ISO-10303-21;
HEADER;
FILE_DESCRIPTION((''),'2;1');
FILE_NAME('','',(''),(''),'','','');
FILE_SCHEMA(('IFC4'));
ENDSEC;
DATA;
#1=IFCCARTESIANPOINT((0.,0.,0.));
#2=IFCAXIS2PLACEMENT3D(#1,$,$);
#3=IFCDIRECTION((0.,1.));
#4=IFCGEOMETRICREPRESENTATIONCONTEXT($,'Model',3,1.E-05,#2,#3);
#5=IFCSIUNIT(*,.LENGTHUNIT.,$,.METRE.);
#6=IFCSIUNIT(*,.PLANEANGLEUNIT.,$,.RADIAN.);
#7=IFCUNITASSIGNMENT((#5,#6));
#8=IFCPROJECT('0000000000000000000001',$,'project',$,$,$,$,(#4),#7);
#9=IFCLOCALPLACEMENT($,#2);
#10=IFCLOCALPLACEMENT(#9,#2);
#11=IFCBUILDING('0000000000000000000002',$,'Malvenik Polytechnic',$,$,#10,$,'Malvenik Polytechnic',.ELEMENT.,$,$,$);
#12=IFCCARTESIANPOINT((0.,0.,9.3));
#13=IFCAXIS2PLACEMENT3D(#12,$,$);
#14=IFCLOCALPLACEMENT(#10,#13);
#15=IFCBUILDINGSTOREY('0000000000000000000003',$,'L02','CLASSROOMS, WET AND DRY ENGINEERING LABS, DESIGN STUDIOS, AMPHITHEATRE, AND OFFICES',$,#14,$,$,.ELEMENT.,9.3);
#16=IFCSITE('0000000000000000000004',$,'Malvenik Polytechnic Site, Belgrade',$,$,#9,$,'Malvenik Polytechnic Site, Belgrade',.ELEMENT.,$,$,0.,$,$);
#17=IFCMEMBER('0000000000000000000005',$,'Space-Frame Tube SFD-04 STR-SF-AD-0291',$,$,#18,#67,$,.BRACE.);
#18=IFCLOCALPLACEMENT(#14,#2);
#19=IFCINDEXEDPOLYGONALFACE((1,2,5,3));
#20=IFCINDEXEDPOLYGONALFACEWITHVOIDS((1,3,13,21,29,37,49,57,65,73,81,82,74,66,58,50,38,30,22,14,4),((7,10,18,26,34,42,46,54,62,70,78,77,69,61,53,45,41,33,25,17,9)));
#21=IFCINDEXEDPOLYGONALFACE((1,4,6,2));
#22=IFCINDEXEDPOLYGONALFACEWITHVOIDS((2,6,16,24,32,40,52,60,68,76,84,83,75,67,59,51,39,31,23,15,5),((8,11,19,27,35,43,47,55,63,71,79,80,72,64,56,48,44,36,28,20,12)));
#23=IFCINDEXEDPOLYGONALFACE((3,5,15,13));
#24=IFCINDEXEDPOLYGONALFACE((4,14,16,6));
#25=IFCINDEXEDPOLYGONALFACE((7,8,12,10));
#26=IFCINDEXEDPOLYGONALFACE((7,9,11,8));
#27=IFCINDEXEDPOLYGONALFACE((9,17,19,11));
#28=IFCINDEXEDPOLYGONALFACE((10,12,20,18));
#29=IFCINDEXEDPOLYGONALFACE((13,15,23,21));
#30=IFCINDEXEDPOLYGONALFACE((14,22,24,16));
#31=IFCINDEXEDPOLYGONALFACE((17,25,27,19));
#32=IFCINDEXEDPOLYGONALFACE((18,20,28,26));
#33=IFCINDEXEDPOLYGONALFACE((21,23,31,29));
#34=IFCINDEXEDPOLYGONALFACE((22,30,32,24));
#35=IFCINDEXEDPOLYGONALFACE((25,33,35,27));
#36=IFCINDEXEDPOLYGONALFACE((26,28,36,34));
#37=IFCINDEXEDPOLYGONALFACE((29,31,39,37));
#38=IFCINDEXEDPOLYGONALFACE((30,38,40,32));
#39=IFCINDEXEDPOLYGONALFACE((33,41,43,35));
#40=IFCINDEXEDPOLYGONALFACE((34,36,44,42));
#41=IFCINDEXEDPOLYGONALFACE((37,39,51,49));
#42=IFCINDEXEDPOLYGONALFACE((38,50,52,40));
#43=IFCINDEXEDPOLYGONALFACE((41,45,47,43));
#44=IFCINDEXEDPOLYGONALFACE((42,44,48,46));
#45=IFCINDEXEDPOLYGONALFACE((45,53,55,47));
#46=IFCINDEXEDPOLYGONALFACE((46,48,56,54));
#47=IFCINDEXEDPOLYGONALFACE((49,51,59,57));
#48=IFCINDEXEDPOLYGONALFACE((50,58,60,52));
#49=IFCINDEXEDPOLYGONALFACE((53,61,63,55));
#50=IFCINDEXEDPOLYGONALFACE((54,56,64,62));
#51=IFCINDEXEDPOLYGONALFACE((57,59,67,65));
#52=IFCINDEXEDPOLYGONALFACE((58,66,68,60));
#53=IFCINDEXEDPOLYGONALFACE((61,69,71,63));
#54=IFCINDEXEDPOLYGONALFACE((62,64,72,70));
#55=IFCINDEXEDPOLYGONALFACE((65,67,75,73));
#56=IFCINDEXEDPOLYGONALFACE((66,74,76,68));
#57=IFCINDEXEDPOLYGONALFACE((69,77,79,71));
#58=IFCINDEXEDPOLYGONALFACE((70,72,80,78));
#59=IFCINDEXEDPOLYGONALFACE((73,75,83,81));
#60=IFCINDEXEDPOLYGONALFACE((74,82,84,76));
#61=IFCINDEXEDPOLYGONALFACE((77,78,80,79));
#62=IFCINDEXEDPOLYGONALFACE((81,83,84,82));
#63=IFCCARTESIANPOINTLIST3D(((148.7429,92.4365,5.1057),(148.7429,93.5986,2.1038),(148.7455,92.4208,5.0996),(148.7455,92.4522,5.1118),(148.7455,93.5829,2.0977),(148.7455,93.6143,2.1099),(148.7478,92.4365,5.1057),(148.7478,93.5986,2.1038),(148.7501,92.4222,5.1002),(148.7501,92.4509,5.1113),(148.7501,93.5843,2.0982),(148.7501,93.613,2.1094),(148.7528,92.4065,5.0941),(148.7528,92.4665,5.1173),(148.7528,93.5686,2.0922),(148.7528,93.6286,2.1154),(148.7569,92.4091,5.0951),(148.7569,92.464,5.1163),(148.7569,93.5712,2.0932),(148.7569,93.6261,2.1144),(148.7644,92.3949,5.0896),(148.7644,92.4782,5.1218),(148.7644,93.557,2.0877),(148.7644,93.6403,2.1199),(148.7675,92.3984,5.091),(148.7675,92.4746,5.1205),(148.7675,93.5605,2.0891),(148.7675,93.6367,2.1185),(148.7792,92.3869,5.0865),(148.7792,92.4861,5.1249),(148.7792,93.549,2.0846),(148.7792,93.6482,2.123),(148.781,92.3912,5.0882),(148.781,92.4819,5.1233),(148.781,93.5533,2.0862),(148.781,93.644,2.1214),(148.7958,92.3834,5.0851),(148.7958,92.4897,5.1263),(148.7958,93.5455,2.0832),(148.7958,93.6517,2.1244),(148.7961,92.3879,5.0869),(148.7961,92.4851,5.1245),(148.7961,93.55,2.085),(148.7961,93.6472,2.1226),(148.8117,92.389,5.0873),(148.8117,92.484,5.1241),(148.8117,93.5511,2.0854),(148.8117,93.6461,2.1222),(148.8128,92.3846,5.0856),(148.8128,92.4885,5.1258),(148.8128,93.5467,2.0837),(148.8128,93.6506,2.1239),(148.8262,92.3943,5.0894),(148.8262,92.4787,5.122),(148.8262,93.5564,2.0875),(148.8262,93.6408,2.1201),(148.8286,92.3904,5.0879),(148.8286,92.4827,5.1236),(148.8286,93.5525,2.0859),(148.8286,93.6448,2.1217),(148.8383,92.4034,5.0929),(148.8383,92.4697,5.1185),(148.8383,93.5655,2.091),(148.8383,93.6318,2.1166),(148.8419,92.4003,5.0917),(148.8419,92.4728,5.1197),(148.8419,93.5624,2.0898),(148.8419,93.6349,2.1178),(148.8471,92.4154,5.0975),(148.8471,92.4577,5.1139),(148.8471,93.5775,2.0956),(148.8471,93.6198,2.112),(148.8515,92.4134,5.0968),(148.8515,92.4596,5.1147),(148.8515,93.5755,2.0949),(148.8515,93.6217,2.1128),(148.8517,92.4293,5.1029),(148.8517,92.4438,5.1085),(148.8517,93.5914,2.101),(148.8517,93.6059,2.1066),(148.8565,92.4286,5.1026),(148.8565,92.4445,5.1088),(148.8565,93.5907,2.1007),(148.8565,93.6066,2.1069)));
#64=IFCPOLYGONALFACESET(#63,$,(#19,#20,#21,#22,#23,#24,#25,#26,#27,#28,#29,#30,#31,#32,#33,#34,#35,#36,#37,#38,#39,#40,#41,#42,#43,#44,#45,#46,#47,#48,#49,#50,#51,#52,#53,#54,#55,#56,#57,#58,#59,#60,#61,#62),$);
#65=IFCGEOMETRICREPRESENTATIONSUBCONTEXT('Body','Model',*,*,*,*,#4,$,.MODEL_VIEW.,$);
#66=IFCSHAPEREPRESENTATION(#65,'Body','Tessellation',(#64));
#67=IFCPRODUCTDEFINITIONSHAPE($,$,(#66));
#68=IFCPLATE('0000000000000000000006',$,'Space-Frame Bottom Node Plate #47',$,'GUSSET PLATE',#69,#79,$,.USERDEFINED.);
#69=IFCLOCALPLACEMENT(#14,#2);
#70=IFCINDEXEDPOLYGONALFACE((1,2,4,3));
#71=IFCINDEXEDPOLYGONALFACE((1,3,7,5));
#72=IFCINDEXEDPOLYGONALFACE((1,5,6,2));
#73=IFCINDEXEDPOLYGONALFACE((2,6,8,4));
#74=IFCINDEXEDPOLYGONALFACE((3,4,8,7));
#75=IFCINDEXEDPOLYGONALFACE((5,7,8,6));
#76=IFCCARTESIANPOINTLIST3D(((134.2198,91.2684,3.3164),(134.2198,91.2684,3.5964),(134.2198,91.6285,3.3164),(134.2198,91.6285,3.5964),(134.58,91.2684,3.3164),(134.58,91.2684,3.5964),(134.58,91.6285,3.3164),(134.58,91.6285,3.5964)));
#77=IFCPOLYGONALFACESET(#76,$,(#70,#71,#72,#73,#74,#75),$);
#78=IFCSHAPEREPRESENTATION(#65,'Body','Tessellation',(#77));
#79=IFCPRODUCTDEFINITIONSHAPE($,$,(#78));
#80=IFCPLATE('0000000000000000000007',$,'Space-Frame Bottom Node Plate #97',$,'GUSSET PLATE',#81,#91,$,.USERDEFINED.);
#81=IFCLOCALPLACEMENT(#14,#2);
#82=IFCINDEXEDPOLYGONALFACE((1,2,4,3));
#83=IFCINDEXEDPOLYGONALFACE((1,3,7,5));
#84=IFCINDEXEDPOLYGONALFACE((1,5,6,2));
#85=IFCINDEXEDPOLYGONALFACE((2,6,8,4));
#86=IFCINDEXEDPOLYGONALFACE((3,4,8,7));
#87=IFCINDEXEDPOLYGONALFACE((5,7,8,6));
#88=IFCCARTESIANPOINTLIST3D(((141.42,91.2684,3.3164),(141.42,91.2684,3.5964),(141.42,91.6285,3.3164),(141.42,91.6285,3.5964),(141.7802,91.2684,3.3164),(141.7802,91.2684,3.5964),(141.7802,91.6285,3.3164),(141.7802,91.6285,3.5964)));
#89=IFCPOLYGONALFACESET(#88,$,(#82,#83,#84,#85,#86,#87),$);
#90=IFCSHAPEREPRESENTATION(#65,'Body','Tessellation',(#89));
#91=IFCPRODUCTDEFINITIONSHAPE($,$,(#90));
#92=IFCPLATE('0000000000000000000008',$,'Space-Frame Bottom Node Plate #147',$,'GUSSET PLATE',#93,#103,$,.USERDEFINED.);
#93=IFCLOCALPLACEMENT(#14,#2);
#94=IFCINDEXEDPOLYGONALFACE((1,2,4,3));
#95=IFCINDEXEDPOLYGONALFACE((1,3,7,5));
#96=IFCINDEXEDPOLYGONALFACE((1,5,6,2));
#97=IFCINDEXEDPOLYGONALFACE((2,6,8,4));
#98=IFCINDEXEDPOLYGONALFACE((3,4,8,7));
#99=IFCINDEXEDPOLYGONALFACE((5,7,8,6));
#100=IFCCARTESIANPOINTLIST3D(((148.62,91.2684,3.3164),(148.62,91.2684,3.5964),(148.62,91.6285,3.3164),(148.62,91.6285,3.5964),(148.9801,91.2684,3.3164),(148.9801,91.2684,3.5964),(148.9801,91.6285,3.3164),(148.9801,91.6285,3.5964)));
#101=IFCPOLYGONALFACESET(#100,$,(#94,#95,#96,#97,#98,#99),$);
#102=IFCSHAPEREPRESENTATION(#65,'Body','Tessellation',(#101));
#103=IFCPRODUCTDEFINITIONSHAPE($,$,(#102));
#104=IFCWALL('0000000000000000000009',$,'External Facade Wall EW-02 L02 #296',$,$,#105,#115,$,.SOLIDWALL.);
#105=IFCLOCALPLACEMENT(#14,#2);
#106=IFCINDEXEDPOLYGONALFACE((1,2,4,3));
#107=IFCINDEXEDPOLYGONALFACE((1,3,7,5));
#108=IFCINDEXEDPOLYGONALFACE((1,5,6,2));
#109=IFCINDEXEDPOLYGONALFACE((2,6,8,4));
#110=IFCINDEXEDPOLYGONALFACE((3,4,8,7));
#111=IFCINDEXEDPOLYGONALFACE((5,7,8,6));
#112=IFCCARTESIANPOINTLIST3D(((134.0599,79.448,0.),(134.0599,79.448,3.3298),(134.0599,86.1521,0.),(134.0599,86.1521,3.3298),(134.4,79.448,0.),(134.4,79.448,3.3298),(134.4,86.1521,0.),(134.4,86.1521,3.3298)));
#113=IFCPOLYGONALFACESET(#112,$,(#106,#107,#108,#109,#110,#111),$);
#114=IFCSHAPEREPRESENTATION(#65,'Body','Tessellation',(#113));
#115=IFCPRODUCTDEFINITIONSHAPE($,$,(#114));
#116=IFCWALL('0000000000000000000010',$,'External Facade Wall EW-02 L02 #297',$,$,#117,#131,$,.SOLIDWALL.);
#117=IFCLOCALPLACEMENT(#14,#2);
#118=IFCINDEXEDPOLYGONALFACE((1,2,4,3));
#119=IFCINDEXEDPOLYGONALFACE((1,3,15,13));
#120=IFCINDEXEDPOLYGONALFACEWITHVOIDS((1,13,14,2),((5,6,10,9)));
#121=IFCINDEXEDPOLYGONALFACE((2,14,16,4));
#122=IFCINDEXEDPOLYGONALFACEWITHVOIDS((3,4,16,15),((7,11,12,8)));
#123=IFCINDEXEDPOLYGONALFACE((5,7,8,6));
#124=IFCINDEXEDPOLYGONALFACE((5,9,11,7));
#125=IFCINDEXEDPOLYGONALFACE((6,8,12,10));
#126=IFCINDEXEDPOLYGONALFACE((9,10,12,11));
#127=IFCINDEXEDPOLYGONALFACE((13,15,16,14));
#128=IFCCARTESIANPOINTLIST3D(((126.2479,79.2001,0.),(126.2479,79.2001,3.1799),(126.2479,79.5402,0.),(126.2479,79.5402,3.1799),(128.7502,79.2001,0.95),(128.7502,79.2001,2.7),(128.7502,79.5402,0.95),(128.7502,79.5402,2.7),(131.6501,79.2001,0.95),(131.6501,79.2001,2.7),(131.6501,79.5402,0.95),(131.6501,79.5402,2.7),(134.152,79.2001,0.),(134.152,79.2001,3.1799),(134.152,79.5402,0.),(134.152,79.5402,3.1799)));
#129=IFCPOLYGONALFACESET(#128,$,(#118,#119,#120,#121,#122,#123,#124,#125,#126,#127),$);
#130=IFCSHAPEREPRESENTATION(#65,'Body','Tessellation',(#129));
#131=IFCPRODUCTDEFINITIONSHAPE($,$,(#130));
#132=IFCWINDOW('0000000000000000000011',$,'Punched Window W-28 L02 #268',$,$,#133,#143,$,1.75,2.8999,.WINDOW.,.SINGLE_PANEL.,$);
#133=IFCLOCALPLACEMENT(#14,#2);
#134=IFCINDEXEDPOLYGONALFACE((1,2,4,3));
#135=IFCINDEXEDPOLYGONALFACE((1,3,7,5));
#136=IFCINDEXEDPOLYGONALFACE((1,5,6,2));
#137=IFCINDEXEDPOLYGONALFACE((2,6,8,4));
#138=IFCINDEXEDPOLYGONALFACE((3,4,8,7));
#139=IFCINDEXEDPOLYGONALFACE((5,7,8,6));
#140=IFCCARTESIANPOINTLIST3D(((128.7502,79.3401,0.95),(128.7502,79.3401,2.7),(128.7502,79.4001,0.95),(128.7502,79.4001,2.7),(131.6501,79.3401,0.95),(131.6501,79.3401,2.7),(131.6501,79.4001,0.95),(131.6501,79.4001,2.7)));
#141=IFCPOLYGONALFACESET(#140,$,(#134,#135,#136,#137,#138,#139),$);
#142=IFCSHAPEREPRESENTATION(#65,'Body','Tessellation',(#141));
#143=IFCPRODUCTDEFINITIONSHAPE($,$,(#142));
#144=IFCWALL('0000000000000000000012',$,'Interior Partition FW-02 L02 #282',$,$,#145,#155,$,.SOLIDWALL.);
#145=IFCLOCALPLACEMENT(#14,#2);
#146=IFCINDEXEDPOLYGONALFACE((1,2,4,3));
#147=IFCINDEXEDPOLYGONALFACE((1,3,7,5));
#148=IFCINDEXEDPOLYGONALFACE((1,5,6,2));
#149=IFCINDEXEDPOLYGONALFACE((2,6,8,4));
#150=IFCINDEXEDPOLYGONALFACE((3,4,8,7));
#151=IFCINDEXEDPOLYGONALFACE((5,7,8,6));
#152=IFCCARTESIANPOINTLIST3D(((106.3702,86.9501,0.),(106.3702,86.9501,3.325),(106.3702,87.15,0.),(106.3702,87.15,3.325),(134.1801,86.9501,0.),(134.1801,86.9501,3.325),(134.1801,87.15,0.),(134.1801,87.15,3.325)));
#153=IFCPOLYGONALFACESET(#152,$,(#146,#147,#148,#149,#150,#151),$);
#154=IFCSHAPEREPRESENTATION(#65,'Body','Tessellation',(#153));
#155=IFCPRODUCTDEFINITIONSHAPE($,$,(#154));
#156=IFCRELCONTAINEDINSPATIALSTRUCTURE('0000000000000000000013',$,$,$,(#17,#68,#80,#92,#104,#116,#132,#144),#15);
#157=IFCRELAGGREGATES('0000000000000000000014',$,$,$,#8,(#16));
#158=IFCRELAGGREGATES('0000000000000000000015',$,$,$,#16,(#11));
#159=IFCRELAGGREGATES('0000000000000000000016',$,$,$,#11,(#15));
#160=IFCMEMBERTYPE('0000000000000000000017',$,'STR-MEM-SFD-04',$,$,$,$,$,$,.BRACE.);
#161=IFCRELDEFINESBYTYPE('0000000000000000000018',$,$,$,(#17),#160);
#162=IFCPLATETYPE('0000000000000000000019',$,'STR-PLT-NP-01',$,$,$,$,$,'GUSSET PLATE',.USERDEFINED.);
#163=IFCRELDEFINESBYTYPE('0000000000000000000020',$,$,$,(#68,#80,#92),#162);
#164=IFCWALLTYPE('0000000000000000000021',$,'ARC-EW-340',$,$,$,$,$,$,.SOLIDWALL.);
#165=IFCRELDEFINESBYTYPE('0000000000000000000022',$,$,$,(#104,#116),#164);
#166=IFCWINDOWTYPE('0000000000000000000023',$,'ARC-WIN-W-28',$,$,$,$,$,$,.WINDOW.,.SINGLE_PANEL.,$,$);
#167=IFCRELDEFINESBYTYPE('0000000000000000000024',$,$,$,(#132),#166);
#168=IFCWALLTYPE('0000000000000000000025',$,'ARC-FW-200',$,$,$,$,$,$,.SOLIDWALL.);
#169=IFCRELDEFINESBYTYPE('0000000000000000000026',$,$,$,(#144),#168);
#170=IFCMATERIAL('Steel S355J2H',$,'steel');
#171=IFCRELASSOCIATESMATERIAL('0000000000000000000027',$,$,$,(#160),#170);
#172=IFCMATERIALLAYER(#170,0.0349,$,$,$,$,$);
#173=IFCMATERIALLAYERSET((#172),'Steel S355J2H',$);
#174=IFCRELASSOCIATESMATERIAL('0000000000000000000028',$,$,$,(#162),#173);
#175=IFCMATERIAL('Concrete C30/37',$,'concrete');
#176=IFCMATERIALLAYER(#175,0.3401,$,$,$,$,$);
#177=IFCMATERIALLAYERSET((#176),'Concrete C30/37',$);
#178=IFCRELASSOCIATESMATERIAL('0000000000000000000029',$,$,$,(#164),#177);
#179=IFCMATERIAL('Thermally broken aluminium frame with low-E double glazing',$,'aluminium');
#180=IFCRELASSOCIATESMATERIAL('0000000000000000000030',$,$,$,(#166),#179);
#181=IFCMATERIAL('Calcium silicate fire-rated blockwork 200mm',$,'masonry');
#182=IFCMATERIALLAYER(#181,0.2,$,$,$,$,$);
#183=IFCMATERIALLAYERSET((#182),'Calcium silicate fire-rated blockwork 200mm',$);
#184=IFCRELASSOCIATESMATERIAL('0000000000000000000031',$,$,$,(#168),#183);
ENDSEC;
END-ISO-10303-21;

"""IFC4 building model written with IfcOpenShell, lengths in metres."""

from ifc_helpers import new_model, si_unit, direction, frame, frame_2d, origin, origin_2d, place, context, subcontext, project, spatial, rectangle, hollow_circle, extrude, material, layer, layer_set, material_profile, profile_set, type_object, element, fill, save


model = new_model("IFC4")

# Units and contexts
model_context = context("Model", 3, precision=1e-05, world=origin(), true_north=direction((0.0, 1.0)))
body_context = subcontext(model_context, "Body", "Model", "MODEL_VIEW")
ifc_project = project(units=[si_unit("LENGTHUNIT", "METRE"), si_unit("PLANEANGLEUNIT", "RADIAN")], contexts=[model_context])

# Site, building, storey
site_placement = place(None, origin())
site = spatial("IfcSite", under=ifc_project, at=site_placement, Name="Malvenik Polytechnic Site, Belgrade", LongName="Malvenik Polytechnic Site, Belgrade", CompositionType="ELEMENT", RefElevation=0.0)
building_placement = place(site_placement, origin())
building = spatial("IfcBuilding", under=site, at=building_placement, Name="Malvenik Polytechnic", LongName="Malvenik Polytechnic", CompositionType="ELEMENT")
storey_placement = place(building_placement, frame((0.0, 0.0, 9.3)))
storey = spatial("IfcBuildingStorey", under=building, at=storey_placement, Name="L02", Description="CLASSROOMS, WET AND DRY ENGINEERING LABS, DESIGN STUDIOS, AMPHITHEATRE, AND OFFICES", CompositionType="ELEMENT", Elevation=9.3)

# Member
ifc_material_1 = material(Name="Steel S355J2H", Category="steel")
ifc_material_profile_1 = material_profile(ifc_material_1, hollow_circle(Radius=0.0571, WallThickness=0.0049, at=origin_2d()), Name="CHS 114.3x5.0")
ifc_profile_set_1 = profile_set([ifc_material_profile_1], Name="Steel S355J2H")
member_type_1 = type_object("IfcMemberType", Name="STR-MEM-SFD-04", PredefinedType="BRACE", material=ifc_profile_set_1)
for number, where, z_axis, x_axis, name in (
    (1, (148.8, 92.4365, 5.1057), (0.0, 0.361011, -0.932562), (-1.0, 0.0, 0.0), "Space-Frame Tube SFD-04 STR-SF-AD-0291"),
):
    element("IfcMember", number, at=place(storey_placement, frame(where, z_axis=z_axis, x_axis=x_axis)), inside=storey, type_object=member_type_1, Name=name, PredefinedType="BRACE", context=body_context, shape_type="SweptSolid", body=[
        extrude(hollow_circle(Radius=0.0571, WallThickness=0.0049, at=origin_2d()), origin(), (0.0, 0.0, 1.0), 3.219),
    ])

# Plates
ifc_layer_1 = layer(ifc_material_1, 0.0349)
ifc_layer_set_1 = layer_set([ifc_layer_1], Name="Steel S355J2H")
plate_type = type_object("IfcPlateType", Name="STR-PLT-NP-01", ElementType="GUSSET PLATE", PredefinedType="USERDEFINED", material=ifc_layer_set_1)
for number, where, z_axis, x_axis, name in (
    (2, (134.3999, 91.4485, 3.3164), (0.0, 0.0, 1.0), (1.0, 0.0, 0.0), "Space-Frame Bottom Node Plate #47"),
    (3, (141.6001, 91.4485, 3.3164), (0.0, 0.0, 1.0), (1.0, 0.0, 0.0), "Space-Frame Bottom Node Plate #97"),
    (4, (148.8, 91.4485, 3.3164), (0.0, 0.0, 1.0), (1.0, 0.0, 0.0), "Space-Frame Bottom Node Plate #147"),
):
    element("IfcPlate", number, at=place(storey_placement, frame(where, z_axis=z_axis, x_axis=x_axis)), inside=storey, type_object=plate_type, Name=name, ObjectType="GUSSET PLATE", PredefinedType="USERDEFINED", context=body_context, shape_type="SweptSolid", body=[
        extrude(rectangle(XDim=0.3601, YDim=0.3601, at=origin_2d()), origin(), (0.0, 0.0, 1.0), 0.28),
    ])

# Wall
ifc_material_2 = material(Name="Concrete C30/37", Category="concrete")
ifc_layer_2 = layer(ifc_material_2, 0.3401)
ifc_layer_set_2 = layer_set([ifc_layer_2], Name="Concrete C30/37")
wall_type_1 = type_object("IfcWallType", Name="ARC-EW-340", PredefinedType="SOLIDWALL", material=ifc_layer_set_2)
wall_1_placement = place(storey_placement, frame((134.23, 86.1521, 0.0), z_axis=(0.0, 0.0, 1.0), x_axis=(0.0, -1.0, 0.0)))
element("IfcWall", 5, at=wall_1_placement, inside=storey, type_object=wall_type_1, Name="External Facade Wall EW-02 L02 #296", PredefinedType="SOLIDWALL", context=body_context, shape_type="SweptSolid", body=[
    extrude(rectangle(XDim=6.7041, YDim=0.3401, at=frame_2d((3.3521, 0.0))), origin(), (0.0, 0.0, 1.0), 3.3298),
])

# Wall, opening, window
wall_2_placement = place(storey_placement, frame((134.1521, 79.3701, 0.0), z_axis=(0.0, 0.0, 1.0), x_axis=(-1.0, 0.0, 0.0)))
wall_2 = element("IfcWall", 6, at=wall_2_placement, inside=storey, type_object=wall_type_1, Name="External Facade Wall EW-02 L02 #297", PredefinedType="SOLIDWALL", context=body_context, shape_type="SweptSolid", body=[
    extrude(rectangle(XDim=7.9041, YDim=0.3401, at=frame_2d((3.9521, 0.0))), origin(), (0.0, 0.0, 1.0), 3.1799),
])
opening_placement = place(wall_2_placement, frame((2.502, 0.0, 0.95)))
opening = element("IfcOpeningElement", 7, at=opening_placement, cuts=wall_2, PredefinedType="OPENING", context=body_context, shape_type="SweptSolid", body=[
    extrude(rectangle(XDim=2.8999, YDim=1.75, at=frame_2d((1.45, 0.875))), frame((0.0, 0.1802, 0.0), z_axis=(0.0, -1.0, 0.0), x_axis=(1.0, 0.0, 0.0)), (0.0, 0.0, 1.0), 0.3601),
])
ifc_material_3 = material(Name="Thermally broken aluminium frame with low-E double glazing", Category="aluminium")
window_type = type_object("IfcWindowType", Name="ARC-WIN-W-28", PartitioningType="SINGLE_PANEL", PredefinedType="WINDOW", material=ifc_material_3)
window_placement = place(opening_placement, origin())
window = element("IfcWindow", 8, at=window_placement, inside=storey, type_object=window_type, Name="Punched Window W-28 L02 #268", OverallHeight=1.75, OverallWidth=2.8999, PartitioningType="SINGLE_PANEL", PredefinedType="WINDOW", context=body_context, shape_type="SweptSolid", body=[
    extrude(rectangle(XDim=2.8999, YDim=1.75, at=frame_2d((1.45, 0.875))), frame((0.0, 0.03, 0.0), z_axis=(0.0, -1.0, 0.0), x_axis=(1.0, 0.0, 0.0)), (0.0, 0.0, 1.0), 0.0601),
])
fill(opening, window)

# Wall
ifc_material_4 = material(Name="Calcium silicate fire-rated blockwork 200mm", Category="masonry")
ifc_layer_3 = layer(ifc_material_4, 0.2)
ifc_layer_set_3 = layer_set([ifc_layer_3], Name="Calcium silicate fire-rated blockwork 200mm")
wall_type_2 = type_object("IfcWallType", Name="ARC-FW-200", PredefinedType="SOLIDWALL", material=ifc_layer_set_3)
wall_3_placement = place(storey_placement, frame((134.1799, 87.05, 0.0), z_axis=(0.0, 0.0, 1.0), x_axis=(-1.0, 0.0, 0.0)))
element("IfcWall", 9, at=wall_3_placement, inside=storey, type_object=wall_type_2, Name="Interior Partition FW-02 L02 #282", PredefinedType="SOLIDWALL", context=body_context, shape_type="SweptSolid", body=[
    extrude(rectangle(XDim=27.8098, YDim=0.2, at=frame_2d((13.9048, 0.0))), origin(), (0.0, 0.0, 1.0), 3.325),
])

save(model, "model.ifc")
